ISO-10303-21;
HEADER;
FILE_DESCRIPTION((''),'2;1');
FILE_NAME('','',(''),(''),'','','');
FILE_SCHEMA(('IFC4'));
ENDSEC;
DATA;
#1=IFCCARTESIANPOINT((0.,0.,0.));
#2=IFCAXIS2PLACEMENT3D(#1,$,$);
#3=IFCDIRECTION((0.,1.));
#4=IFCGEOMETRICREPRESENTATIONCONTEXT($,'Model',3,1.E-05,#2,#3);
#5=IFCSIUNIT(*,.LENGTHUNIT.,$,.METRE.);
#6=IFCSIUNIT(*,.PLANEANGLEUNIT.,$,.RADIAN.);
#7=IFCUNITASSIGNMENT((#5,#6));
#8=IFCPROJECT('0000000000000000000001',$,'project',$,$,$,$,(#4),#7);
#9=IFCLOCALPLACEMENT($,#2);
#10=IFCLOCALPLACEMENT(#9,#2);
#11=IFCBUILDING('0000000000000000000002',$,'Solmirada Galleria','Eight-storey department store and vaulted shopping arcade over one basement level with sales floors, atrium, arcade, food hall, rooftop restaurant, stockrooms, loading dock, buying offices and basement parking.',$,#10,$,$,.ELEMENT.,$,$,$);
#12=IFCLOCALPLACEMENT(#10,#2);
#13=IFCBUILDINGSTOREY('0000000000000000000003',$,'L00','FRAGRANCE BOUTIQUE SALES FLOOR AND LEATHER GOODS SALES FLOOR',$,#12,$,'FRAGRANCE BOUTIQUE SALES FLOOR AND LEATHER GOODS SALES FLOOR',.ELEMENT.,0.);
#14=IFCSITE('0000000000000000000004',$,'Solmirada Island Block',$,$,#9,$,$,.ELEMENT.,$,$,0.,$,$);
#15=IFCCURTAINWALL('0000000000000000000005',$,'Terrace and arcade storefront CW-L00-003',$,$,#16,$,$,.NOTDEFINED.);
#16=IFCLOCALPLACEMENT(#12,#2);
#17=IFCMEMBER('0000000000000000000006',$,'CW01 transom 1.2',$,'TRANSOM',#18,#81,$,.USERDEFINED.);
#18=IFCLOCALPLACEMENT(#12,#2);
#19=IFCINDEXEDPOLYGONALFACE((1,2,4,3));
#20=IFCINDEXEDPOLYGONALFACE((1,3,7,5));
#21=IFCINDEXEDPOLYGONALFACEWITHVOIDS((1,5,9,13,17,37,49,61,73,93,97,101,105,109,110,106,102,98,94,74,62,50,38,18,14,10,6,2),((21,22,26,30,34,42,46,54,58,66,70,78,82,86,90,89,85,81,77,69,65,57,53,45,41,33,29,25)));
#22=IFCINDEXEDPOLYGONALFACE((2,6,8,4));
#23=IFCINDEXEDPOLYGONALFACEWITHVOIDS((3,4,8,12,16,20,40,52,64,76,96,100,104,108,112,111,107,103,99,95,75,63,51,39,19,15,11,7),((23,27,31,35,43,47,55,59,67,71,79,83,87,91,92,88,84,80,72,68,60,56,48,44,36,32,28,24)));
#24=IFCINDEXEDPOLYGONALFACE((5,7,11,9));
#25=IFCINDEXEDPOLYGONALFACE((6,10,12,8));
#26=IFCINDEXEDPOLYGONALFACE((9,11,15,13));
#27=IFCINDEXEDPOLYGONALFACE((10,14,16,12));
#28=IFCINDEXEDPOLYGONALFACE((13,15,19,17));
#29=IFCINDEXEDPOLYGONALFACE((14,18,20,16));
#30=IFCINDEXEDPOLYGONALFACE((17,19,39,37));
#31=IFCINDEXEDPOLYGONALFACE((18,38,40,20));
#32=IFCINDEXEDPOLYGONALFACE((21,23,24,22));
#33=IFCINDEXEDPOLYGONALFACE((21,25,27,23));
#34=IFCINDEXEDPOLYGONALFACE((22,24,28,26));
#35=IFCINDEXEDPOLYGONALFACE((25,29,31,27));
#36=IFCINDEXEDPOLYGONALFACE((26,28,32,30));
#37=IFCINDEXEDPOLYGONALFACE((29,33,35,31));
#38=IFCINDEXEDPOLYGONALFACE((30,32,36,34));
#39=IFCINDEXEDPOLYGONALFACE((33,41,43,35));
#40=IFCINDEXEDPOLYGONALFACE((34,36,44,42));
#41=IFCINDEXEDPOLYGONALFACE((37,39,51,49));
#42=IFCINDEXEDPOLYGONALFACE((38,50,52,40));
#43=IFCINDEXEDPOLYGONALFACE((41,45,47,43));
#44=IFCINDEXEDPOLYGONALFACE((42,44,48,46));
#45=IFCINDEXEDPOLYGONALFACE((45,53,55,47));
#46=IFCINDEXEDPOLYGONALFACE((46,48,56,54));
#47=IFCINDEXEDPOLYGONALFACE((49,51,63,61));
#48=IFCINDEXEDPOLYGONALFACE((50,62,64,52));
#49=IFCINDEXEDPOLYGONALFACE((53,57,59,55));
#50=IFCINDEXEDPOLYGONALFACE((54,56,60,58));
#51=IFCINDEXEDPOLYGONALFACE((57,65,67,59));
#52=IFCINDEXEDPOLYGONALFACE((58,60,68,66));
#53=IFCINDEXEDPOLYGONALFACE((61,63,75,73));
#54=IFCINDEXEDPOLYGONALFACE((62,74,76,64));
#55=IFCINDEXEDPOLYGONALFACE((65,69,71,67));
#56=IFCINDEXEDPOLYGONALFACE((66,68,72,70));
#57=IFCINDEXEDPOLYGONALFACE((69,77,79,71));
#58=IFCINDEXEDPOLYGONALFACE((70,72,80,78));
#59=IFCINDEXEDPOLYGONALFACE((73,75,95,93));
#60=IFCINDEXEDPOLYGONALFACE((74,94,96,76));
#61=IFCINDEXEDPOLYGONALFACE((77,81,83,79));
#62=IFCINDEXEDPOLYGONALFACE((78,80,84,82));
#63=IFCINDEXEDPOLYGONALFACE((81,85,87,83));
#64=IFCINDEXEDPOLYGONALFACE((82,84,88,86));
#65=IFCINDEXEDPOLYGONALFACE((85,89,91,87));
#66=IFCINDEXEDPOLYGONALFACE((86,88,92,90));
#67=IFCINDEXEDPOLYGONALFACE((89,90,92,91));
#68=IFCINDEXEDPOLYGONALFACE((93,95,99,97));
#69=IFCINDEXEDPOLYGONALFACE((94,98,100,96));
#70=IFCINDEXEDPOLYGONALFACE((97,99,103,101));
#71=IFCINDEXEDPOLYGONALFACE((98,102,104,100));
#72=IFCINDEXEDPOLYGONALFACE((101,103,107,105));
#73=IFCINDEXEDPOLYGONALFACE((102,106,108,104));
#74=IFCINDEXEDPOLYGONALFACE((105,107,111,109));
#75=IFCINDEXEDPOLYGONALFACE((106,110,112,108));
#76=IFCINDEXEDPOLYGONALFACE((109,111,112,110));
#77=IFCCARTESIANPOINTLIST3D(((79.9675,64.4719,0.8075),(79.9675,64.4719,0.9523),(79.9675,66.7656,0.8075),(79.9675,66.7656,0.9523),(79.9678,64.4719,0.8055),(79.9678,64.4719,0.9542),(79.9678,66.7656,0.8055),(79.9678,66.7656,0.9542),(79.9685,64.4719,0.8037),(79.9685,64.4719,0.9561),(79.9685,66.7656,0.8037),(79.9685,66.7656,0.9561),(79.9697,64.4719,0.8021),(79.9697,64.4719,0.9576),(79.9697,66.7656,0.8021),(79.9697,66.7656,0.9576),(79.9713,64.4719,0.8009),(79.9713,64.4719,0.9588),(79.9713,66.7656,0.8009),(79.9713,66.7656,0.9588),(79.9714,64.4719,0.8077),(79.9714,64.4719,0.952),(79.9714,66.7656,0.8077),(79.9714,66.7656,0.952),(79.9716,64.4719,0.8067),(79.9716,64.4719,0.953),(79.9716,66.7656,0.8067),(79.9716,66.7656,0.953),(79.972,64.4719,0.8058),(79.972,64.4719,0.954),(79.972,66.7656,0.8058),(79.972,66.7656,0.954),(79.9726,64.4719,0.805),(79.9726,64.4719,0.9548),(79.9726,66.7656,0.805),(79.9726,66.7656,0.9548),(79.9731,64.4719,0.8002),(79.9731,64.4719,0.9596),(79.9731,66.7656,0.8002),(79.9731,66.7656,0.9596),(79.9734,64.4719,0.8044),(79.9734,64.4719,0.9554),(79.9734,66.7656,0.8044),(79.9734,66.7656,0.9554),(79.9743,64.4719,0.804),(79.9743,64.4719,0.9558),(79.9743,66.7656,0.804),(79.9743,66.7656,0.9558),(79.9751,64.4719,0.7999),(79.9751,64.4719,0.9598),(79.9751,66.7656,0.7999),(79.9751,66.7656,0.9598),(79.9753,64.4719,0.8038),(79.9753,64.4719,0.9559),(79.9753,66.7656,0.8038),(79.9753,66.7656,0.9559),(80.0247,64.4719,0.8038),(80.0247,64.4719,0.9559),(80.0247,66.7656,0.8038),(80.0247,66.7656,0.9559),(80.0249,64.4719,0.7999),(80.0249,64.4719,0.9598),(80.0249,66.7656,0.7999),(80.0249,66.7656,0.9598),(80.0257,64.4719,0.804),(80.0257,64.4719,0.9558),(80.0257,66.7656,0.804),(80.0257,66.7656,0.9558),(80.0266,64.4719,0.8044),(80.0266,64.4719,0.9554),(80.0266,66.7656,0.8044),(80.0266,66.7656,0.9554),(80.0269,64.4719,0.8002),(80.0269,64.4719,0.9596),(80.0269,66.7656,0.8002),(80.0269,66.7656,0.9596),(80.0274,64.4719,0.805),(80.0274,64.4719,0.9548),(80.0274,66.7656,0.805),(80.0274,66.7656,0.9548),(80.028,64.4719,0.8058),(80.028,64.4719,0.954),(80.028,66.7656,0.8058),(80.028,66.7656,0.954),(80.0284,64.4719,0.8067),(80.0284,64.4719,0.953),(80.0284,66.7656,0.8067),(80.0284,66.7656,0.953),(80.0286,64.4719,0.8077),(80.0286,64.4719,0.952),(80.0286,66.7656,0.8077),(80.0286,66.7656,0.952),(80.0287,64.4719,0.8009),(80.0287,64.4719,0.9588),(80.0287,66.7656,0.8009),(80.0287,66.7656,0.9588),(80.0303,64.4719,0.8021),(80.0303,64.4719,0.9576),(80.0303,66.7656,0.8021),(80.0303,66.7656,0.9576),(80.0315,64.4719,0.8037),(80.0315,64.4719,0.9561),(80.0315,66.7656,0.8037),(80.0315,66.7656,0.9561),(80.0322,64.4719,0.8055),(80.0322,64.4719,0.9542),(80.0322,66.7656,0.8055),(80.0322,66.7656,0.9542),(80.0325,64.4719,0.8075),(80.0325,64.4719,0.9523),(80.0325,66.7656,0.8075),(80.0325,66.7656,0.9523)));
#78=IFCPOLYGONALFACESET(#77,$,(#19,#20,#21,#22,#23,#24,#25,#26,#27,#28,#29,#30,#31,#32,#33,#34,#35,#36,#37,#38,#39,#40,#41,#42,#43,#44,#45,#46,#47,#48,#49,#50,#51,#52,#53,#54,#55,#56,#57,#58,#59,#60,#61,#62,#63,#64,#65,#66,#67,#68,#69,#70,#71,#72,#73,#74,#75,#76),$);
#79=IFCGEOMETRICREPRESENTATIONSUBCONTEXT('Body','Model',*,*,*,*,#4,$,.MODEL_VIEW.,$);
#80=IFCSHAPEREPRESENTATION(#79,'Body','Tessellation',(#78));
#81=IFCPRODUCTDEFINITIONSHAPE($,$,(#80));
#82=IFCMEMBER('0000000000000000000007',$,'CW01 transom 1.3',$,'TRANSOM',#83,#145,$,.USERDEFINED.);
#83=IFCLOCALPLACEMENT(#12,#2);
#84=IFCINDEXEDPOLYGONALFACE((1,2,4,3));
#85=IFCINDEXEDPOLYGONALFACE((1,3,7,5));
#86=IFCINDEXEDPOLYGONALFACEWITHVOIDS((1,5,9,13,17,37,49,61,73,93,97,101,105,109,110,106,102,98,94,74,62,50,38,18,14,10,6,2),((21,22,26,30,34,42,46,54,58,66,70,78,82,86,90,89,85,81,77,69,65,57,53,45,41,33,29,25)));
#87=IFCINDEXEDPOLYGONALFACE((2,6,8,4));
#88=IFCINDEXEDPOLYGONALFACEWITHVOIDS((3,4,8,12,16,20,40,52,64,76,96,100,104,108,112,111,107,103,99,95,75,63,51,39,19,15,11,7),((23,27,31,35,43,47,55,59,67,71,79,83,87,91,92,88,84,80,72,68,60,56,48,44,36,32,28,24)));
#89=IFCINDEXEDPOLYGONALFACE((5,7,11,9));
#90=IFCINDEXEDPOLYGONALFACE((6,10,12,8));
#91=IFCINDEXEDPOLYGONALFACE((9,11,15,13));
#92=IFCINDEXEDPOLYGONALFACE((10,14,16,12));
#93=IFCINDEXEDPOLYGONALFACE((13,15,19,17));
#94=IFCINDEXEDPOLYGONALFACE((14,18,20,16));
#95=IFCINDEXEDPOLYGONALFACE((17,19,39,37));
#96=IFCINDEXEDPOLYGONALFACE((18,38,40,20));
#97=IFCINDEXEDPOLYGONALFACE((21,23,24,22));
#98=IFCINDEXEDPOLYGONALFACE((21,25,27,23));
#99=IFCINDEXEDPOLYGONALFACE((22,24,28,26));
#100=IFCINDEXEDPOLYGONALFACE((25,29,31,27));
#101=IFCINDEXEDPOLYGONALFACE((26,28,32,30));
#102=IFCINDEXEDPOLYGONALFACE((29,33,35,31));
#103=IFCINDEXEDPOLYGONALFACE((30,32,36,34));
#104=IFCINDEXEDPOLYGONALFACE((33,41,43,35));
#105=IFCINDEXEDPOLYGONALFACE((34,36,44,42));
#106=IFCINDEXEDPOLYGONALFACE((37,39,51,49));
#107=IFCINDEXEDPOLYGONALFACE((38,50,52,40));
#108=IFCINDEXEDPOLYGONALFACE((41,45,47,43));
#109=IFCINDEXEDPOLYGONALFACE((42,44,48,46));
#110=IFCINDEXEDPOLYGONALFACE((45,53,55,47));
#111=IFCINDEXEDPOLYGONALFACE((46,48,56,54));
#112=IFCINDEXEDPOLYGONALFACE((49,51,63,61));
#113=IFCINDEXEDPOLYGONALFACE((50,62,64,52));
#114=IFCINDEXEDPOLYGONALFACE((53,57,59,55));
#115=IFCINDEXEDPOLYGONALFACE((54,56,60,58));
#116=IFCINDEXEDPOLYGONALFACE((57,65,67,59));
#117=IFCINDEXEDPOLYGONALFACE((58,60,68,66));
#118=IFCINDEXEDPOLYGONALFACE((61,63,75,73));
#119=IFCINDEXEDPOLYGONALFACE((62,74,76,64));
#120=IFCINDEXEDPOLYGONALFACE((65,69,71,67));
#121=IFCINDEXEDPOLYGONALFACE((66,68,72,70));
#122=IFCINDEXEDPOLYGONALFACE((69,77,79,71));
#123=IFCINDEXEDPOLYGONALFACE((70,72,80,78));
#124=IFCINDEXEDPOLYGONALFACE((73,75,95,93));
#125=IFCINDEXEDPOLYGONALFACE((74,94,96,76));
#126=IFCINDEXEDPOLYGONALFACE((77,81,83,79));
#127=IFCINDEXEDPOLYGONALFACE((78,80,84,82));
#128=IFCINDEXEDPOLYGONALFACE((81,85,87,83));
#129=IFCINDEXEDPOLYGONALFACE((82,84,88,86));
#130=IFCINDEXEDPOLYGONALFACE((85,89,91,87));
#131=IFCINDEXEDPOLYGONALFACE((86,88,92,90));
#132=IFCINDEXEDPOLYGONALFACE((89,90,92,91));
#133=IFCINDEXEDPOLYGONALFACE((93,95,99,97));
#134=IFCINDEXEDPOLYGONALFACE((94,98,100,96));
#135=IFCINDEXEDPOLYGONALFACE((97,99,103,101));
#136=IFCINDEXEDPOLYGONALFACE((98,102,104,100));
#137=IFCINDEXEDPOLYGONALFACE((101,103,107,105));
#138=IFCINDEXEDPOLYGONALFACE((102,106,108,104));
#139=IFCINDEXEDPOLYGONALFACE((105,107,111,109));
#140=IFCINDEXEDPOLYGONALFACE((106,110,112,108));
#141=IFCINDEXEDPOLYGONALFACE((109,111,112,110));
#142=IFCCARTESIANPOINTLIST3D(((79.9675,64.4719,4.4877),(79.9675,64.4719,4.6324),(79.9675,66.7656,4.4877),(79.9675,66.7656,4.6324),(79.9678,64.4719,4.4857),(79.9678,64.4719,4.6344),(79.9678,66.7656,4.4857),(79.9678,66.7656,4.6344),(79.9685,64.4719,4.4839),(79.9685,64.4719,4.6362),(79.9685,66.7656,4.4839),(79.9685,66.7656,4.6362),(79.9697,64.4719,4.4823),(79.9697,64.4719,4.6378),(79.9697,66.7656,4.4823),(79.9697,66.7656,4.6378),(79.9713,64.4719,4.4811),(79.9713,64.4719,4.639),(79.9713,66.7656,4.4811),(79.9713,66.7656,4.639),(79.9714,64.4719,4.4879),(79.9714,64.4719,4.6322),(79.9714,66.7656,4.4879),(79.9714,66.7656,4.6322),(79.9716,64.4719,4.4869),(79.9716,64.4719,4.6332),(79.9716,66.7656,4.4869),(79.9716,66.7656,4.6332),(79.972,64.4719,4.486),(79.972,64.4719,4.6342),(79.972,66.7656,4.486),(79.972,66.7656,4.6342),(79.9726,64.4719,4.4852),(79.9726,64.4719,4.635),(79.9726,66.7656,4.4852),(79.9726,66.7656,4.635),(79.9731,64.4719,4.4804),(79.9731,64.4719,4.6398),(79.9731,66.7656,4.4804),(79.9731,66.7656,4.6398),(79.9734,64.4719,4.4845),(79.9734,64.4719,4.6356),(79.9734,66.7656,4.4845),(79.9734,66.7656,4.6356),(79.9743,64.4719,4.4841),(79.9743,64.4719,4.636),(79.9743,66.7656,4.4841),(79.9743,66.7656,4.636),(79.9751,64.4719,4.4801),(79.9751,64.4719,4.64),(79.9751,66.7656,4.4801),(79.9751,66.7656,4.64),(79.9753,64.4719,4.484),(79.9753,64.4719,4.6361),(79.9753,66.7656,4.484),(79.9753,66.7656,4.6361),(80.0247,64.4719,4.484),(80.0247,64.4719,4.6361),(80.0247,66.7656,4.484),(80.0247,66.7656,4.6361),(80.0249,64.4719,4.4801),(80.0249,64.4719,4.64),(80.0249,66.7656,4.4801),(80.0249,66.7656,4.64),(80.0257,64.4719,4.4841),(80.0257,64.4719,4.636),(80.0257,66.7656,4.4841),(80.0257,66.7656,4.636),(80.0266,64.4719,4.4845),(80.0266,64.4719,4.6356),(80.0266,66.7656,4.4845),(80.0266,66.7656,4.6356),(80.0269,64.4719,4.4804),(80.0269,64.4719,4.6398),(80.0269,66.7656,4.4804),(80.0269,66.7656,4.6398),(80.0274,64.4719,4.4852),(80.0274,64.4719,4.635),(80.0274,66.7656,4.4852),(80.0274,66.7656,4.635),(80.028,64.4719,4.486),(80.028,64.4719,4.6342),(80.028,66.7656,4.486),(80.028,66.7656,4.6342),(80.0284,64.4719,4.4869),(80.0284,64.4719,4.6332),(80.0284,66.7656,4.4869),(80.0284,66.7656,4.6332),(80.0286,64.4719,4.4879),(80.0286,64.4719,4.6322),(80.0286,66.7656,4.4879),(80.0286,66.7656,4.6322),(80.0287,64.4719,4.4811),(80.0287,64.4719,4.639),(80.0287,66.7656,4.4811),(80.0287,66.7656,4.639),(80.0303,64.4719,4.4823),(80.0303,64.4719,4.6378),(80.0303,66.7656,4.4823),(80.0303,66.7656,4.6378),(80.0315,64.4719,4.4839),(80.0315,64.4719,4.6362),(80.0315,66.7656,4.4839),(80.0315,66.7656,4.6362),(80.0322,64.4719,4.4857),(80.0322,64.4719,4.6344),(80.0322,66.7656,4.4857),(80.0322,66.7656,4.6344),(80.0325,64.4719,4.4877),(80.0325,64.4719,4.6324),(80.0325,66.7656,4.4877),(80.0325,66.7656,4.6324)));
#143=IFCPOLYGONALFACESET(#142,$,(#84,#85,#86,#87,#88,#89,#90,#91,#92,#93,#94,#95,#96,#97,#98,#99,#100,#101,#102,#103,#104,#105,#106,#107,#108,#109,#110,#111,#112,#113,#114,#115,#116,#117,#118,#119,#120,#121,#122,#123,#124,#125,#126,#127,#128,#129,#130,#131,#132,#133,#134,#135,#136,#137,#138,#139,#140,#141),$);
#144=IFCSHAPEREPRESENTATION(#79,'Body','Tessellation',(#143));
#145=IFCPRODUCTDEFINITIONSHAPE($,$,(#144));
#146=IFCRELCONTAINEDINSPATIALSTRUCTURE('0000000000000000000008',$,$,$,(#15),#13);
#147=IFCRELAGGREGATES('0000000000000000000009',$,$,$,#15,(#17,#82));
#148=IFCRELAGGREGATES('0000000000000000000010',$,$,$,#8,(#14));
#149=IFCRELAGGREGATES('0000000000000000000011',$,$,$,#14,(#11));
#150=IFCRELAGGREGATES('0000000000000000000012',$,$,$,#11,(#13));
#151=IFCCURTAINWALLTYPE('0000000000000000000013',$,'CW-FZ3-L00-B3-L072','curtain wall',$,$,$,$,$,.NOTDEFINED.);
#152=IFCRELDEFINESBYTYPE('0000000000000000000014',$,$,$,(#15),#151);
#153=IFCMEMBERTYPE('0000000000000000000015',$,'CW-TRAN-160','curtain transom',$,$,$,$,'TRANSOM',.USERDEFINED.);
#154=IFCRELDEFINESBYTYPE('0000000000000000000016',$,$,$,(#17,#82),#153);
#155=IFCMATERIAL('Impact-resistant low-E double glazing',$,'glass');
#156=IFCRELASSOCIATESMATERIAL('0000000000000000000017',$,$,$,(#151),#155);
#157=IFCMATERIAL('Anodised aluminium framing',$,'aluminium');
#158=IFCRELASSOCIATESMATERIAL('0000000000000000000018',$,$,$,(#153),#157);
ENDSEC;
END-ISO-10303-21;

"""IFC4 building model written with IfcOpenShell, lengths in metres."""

from ifc_helpers import new_model, si_unit, direction, frame, origin, origin_2d, place, context, subcontext, project, spatial, hollow_rectangle, extrude, material, material_profile, profile_set, type_object, element, aggregate, save


model = new_model("IFC4")

# Units and contexts
model_context = context("Model", 3, precision=1e-05, world=origin(), true_north=direction((0.0, 1.0)))
body_context = subcontext(model_context, "Body", "Model", "MODEL_VIEW")
ifc_project = project(units=[si_unit("LENGTHUNIT", "METRE"), si_unit("PLANEANGLEUNIT", "RADIAN")], contexts=[model_context])

# Site, building, storey
site_placement = place(None, origin())
site = spatial("IfcSite", under=ifc_project, at=site_placement, Name="Solmirada Island Block", CompositionType="ELEMENT", RefElevation=0.0)
building_placement = place(site_placement, origin())
building = spatial("IfcBuilding", under=site, at=building_placement, Name="Solmirada Galleria", Description="Eight-storey department store and vaulted shopping arcade over one basement level with sales floors, atrium, arcade, food hall, rooftop restaurant, stockrooms, loading dock, buying offices and basement parking.", CompositionType="ELEMENT")
storey_placement = place(building_placement, origin())
storey = spatial("IfcBuildingStorey", under=building, at=storey_placement, Name="L00", Description="FRAGRANCE BOUTIQUE SALES FLOOR AND LEATHER GOODS SALES FLOOR", LongName="FRAGRANCE BOUTIQUE SALES FLOOR AND LEATHER GOODS SALES FLOOR", CompositionType="ELEMENT", Elevation=0.0)

# Shared definitions
ifc_material_1 = material(Name="Impact-resistant low-E double glazing", Category="glass")
curtain_wall_type_1 = type_object("IfcCurtainWallType", Name="CW-FZ3-L00-B3-L072", Description="curtain wall", PredefinedType="NOTDEFINED", material=ifc_material_1)
ifc_material_2 = material(Name="Anodised aluminium framing", Category="aluminium")

# Curtain wall
curtain_wall_1_placement = place(storey_placement, origin())
curtain_wall_1 = element("IfcCurtainWall", 1, at=curtain_wall_1_placement, inside=storey, type_object=curtain_wall_type_1, Name="Terrace and arcade storefront CW-L00-003", PredefinedType="NOTDEFINED")

# Members
ifc_material_profile_1 = material_profile(ifc_material_2, hollow_rectangle(XDim=0.0649, YDim=0.1599, WallThickness=0.0039, InnerFilletRadius=0.0039, OuterFilletRadius=0.0076, at=origin_2d()), Name="ALU-TRAN-160X65")
ifc_profile_set_1 = profile_set([ifc_material_profile_1], Name="Anodised aluminium framing")
member_type_1 = type_object("IfcMemberType", Name="CW-TRAN-160", Description="curtain transom", ElementType="TRANSOM", PredefinedType="USERDEFINED", material=ifc_profile_set_1)
member_1_placement = place(storey_placement, frame((80.0, 64.4719, 0.8799), z_axis=(0.0, 1.0, 0.0), x_axis=(-1.0, 0.0, 0.0)))
member_1 = element("IfcMember", 2, at=member_1_placement, type_object=member_type_1, Name="CW01 transom 1.2", ObjectType="TRANSOM", PredefinedType="USERDEFINED", context=body_context, shape_type="SweptSolid", body=[
    extrude(hollow_rectangle(XDim=0.0649, YDim=0.1599, WallThickness=0.0039, InnerFilletRadius=0.0039, OuterFilletRadius=0.0076, at=origin_2d()), origin(), (0.0, 0.0, 1.0), 2.2937),
])
member_2_placement = place(storey_placement, frame((80.0, 64.4719, 4.5601), z_axis=(0.0, 1.0, 0.0), x_axis=(-1.0, 0.0, 0.0)))
member_2 = element("IfcMember", 3, at=member_2_placement, type_object=member_type_1, Name="CW01 transom 1.3", ObjectType="TRANSOM", PredefinedType="USERDEFINED", context=body_context, shape_type="SweptSolid", body=[
    extrude(hollow_rectangle(XDim=0.0649, YDim=0.1599, WallThickness=0.0039, InnerFilletRadius=0.0039, OuterFilletRadius=0.0076, at=origin_2d()), origin(), (0.0, 0.0, 1.0), 2.2937),
])
aggregate(curtain_wall_1, [member_1, member_2])

save(model, "model.ifc")
